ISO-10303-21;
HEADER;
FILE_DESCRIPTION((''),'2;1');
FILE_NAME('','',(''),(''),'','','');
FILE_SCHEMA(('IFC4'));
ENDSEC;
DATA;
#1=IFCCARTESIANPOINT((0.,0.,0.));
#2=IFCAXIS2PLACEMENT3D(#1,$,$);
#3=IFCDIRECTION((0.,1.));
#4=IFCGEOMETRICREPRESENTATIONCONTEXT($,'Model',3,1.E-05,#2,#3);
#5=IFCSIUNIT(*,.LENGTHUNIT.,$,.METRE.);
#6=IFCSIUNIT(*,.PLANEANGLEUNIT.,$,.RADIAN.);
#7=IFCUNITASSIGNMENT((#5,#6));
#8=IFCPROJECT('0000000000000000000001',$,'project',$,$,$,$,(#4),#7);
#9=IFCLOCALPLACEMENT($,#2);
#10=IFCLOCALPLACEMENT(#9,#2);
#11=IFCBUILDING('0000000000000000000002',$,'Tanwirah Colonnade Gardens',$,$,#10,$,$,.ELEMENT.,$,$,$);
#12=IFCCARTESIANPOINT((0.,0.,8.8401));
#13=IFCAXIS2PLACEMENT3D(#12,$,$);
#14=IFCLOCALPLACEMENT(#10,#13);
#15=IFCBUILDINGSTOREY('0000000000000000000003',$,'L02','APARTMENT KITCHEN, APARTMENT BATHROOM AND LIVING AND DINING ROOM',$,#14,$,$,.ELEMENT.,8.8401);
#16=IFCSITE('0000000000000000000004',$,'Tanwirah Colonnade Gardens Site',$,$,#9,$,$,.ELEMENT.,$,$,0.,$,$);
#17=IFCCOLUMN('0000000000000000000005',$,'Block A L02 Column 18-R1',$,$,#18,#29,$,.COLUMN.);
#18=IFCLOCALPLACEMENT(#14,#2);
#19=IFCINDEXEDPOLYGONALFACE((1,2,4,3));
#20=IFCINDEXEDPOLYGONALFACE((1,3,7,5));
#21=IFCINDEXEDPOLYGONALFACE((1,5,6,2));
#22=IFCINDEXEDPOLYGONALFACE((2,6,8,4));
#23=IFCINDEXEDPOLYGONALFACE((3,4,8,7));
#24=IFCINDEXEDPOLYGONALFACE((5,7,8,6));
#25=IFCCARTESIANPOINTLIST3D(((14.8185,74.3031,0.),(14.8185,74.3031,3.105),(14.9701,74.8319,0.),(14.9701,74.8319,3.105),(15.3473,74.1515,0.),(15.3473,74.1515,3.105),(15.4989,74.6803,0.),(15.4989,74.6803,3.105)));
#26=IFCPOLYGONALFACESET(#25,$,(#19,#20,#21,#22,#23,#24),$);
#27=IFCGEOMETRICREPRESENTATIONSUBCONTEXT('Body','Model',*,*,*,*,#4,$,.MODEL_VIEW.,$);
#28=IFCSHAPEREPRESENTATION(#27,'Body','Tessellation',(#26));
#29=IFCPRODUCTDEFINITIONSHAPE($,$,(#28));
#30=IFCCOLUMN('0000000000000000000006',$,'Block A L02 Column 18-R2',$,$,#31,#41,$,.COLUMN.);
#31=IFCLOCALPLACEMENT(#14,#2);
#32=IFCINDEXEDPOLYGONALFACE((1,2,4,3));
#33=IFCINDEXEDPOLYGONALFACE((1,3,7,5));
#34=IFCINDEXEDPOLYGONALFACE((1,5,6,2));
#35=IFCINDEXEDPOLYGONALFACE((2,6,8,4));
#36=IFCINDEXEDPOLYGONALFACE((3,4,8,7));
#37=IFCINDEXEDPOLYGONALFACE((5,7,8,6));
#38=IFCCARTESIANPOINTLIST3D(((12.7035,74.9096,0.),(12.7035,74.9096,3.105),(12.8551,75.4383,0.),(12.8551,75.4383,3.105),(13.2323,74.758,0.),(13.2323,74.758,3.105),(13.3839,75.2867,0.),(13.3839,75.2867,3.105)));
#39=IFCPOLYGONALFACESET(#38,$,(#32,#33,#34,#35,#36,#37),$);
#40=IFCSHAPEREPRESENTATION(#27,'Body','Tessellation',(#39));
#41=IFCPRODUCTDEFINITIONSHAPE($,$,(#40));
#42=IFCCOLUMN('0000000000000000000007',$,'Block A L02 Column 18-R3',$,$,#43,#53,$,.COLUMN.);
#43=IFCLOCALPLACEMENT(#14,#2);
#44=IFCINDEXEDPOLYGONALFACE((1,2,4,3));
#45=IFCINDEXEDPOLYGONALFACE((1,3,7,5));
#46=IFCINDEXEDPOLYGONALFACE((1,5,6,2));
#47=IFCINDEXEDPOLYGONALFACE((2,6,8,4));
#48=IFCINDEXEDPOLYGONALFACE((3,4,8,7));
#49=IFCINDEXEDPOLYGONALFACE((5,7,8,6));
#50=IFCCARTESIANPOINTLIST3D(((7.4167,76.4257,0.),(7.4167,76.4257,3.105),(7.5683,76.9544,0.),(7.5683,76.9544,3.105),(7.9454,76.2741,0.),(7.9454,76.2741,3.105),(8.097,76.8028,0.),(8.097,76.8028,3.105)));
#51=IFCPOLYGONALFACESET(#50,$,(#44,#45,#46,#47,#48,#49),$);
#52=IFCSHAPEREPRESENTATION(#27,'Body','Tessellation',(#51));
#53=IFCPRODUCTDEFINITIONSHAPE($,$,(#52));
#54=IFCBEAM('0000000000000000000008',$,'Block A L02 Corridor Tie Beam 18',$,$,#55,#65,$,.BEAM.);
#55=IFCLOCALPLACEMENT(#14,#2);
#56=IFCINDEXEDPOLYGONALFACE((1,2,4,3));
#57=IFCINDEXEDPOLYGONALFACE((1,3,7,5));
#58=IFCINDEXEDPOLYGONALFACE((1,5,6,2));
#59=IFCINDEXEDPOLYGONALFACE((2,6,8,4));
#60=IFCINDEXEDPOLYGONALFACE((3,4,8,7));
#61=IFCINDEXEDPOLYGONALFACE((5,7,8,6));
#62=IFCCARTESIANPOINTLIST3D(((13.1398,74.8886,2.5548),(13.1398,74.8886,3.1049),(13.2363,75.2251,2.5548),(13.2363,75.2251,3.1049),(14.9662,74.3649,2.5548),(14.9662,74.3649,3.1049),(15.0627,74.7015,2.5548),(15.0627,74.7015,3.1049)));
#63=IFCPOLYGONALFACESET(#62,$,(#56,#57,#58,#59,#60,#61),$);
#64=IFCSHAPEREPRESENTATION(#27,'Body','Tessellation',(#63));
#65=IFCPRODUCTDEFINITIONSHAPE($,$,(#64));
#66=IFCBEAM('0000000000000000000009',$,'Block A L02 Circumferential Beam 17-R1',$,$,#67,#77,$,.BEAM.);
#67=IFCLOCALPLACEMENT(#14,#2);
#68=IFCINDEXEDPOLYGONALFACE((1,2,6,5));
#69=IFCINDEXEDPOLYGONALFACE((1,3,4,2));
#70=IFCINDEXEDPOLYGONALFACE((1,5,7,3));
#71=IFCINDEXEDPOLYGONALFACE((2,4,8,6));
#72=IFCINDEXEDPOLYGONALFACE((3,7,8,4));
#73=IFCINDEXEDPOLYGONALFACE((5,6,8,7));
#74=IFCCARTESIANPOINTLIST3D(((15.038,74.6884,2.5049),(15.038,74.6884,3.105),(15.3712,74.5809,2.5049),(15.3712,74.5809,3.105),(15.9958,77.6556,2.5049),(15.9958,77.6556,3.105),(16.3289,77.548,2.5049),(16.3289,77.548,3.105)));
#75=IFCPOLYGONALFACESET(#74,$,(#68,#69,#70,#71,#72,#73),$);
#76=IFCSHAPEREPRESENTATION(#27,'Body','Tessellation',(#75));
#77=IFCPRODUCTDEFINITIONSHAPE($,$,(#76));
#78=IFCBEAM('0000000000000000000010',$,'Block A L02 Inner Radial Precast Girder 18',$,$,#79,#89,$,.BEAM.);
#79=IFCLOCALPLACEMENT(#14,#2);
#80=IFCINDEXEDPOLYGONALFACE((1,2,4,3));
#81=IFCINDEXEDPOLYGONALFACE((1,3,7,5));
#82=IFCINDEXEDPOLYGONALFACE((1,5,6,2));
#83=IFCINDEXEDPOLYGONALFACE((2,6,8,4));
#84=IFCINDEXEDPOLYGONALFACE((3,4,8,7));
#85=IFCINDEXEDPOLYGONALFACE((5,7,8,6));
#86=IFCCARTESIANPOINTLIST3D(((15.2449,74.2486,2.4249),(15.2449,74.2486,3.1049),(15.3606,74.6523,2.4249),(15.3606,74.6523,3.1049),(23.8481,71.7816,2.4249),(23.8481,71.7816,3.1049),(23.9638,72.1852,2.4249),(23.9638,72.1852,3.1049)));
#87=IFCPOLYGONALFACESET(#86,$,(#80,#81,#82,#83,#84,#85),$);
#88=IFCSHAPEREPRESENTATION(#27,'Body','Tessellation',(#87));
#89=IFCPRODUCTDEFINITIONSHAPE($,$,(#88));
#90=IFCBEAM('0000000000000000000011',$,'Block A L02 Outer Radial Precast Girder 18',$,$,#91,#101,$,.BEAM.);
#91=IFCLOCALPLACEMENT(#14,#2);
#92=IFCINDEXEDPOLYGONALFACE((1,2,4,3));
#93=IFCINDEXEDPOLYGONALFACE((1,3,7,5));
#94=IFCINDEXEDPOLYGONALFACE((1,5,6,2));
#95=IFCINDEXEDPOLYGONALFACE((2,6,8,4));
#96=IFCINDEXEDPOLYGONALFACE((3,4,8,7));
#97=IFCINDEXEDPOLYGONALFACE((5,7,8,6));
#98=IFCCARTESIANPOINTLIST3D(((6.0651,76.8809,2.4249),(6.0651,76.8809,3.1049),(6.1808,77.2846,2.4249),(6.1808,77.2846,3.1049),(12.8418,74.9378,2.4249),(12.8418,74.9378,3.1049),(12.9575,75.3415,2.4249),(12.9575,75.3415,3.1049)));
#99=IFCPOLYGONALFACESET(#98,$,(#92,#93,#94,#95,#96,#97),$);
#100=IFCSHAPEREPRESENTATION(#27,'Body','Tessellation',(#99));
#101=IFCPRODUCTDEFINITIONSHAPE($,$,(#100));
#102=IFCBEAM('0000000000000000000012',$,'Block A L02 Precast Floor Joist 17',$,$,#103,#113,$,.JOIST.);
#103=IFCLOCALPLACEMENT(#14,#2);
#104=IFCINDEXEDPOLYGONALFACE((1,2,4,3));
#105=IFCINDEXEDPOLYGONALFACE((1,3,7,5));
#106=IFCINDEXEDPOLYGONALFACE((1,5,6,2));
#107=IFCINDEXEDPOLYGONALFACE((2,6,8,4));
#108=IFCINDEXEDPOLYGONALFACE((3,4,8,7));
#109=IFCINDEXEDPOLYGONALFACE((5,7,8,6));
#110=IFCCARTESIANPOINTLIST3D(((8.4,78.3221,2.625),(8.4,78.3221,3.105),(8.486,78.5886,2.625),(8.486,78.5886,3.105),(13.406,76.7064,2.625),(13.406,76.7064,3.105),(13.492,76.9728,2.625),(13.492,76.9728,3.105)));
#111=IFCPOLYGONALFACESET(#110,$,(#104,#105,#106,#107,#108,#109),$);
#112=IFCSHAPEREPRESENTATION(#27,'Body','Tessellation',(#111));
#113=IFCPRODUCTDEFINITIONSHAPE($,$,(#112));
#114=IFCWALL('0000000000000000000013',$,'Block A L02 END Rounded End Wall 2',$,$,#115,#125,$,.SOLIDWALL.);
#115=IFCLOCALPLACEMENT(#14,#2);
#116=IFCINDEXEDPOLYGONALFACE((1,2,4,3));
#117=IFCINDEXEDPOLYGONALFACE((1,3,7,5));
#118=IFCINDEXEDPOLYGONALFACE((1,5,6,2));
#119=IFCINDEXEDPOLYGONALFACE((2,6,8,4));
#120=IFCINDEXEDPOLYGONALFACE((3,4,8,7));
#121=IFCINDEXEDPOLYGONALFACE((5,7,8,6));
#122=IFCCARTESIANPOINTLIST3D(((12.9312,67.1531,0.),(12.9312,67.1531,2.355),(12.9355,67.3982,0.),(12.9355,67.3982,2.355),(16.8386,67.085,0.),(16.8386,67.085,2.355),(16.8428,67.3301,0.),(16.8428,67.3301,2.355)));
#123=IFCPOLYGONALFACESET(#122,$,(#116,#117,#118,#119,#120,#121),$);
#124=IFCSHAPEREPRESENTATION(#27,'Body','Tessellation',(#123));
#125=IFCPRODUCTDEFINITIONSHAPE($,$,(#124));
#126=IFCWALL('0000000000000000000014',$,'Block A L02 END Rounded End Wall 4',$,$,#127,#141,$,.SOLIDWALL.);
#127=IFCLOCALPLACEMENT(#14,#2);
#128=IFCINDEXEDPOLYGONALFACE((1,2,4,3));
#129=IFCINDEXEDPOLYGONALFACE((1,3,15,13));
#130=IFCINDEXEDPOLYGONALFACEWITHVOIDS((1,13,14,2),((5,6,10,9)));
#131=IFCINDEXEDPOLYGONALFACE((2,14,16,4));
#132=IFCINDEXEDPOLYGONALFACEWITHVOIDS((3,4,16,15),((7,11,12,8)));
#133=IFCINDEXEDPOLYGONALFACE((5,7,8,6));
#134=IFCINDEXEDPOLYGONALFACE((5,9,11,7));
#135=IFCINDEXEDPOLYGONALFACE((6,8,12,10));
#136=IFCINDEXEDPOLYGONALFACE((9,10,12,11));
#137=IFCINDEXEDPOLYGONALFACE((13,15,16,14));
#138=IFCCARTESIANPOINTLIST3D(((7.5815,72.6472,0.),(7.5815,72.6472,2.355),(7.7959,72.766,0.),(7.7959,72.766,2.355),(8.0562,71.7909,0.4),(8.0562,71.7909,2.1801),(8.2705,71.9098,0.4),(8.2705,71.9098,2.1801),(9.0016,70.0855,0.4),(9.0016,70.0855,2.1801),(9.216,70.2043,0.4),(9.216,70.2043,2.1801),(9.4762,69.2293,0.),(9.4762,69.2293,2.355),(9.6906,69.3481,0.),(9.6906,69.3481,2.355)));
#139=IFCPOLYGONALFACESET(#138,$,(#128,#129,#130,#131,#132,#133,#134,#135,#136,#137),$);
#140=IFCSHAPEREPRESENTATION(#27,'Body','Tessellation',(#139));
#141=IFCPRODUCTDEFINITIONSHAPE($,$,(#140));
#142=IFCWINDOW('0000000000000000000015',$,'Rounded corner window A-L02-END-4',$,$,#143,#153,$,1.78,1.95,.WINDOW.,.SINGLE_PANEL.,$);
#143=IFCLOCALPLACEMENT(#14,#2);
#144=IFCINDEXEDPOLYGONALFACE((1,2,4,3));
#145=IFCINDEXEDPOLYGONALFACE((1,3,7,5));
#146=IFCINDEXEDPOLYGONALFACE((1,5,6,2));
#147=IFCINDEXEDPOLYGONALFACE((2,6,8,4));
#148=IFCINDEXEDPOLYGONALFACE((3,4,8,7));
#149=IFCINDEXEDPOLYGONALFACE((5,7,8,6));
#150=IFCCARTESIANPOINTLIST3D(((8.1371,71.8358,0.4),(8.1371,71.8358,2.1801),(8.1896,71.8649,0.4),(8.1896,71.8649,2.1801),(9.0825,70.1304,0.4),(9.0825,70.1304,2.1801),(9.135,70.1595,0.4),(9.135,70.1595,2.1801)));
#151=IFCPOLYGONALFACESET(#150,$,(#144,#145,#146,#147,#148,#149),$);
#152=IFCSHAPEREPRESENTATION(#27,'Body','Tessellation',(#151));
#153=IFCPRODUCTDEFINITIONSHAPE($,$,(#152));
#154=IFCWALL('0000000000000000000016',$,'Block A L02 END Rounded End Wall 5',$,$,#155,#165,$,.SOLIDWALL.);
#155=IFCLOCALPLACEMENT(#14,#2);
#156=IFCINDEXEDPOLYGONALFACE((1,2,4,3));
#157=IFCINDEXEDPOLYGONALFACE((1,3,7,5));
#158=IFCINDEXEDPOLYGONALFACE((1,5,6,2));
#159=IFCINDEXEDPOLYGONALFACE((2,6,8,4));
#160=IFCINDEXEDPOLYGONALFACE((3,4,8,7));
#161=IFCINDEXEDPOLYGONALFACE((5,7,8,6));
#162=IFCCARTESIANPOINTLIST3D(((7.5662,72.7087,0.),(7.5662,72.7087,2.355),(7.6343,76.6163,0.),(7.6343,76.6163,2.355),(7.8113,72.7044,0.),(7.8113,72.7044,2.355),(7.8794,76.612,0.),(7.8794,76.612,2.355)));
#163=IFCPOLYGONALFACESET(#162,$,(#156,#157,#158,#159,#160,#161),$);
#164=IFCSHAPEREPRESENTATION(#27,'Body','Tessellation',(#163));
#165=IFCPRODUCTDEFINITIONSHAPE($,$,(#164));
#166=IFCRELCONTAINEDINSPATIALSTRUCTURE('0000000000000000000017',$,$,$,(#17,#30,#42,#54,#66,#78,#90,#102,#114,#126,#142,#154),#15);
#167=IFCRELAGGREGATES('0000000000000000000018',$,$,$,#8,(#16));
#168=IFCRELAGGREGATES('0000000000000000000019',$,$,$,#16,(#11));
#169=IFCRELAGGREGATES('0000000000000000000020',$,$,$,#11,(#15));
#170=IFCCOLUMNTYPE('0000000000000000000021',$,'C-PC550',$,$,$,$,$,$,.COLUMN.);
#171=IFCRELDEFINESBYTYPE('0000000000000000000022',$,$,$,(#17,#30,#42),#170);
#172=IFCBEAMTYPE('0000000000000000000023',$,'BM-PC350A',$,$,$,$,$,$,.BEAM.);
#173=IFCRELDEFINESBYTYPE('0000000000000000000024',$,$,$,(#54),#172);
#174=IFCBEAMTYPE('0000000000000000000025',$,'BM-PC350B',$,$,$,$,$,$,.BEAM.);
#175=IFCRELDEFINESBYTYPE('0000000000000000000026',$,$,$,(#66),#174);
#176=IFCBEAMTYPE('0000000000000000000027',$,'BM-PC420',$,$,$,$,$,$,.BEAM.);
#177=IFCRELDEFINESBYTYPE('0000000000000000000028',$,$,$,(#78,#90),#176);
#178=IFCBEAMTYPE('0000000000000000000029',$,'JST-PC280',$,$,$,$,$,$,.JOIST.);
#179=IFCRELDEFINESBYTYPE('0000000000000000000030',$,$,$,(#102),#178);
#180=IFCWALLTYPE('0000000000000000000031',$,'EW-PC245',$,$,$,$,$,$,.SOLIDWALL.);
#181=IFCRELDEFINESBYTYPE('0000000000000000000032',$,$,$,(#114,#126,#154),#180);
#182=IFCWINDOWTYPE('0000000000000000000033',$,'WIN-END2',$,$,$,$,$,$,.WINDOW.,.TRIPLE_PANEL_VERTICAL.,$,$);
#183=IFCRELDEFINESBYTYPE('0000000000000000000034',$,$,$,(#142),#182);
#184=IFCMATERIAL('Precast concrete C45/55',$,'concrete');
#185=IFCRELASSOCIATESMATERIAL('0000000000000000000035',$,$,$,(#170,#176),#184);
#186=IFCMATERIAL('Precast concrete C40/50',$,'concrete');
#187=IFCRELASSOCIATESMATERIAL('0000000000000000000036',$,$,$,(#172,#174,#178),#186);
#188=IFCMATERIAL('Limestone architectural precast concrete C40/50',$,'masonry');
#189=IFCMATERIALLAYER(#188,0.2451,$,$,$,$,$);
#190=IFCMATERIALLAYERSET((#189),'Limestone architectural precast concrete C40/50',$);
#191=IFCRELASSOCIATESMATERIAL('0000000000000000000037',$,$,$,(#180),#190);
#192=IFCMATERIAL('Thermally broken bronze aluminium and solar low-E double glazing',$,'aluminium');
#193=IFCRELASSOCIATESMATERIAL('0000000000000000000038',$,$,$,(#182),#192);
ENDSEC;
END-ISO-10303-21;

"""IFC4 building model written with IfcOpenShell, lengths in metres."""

from ifc_helpers import new_model, si_unit, direction, frame, frame_2d, origin, origin_2d, place, context, subcontext, project, spatial, rectangle, extrude, material, layer, layer_set, material_profile, profile_set, type_object, element, fill, save


model = new_model("IFC4")

# Units and contexts
model_context = context("Model", 3, precision=1e-05, world=origin(), true_north=direction((0.0, 1.0)))
body_context = subcontext(model_context, "Body", "Model", "MODEL_VIEW")
ifc_project = project(units=[si_unit("LENGTHUNIT", "METRE"), si_unit("PLANEANGLEUNIT", "RADIAN")], contexts=[model_context])

# Site, building, storey
site_placement = place(None, origin())
site = spatial("IfcSite", under=ifc_project, at=site_placement, Name="Tanwirah Colonnade Gardens Site", CompositionType="ELEMENT", RefElevation=0.0)
building_placement = place(site_placement, origin())
building = spatial("IfcBuilding", under=site, at=building_placement, Name="Tanwirah Colonnade Gardens", CompositionType="ELEMENT")
storey_placement = place(building_placement, frame((0.0, 0.0, 8.8401)))
storey = spatial("IfcBuildingStorey", under=building, at=storey_placement, Name="L02", Description="APARTMENT KITCHEN, APARTMENT BATHROOM AND LIVING AND DINING ROOM", CompositionType="ELEMENT", Elevation=8.8401)

# Columns
ifc_material_1 = material(Name="Precast concrete C45/55", Category="concrete")
ifc_material_profile_1 = material_profile(ifc_material_1, rectangle(XDim=0.55, YDim=0.55, at=origin_2d()), Name="PC-COL 550x550")
ifc_profile_set_1 = profile_set([ifc_material_profile_1], Name="Precast concrete C45/55")
column_type = type_object("IfcColumnType", Name="C-PC550", PredefinedType="COLUMN", material=ifc_profile_set_1)
for number, where, z_axis, x_axis, name in (
    (1, (15.1587, 74.4917, 0.0), (0.0, 0.0, 1.0), (-0.961262, 0.275637, 0.0), "Block A L02 Column 18-R1"),
    (2, (13.0437, 75.0981, 0.0), (0.0, 0.0, 1.0), (-0.961262, 0.275637, 0.0), "Block A L02 Column 18-R2"),
    (3, (7.7568, 76.6143, 0.0), (0.0, 0.0, 1.0), (-0.961262, 0.275637, 0.0), "Block A L02 Column 18-R3"),
):
    element("IfcColumn", number, at=place(storey_placement, frame(where, z_axis=z_axis, x_axis=x_axis)), inside=storey, type_object=column_type, Name=name, PredefinedType="COLUMN", context=body_context, shape_type="SweptSolid", body=[
        extrude(rectangle(XDim=0.55, YDim=0.55, at=origin_2d()), origin(), (0.0, 0.0, 1.0), 3.105),
    ])

# Beams
ifc_material_2 = material(Name="Precast concrete C40/50", Category="concrete")
ifc_material_profile_2 = material_profile(ifc_material_2, rectangle(XDim=0.3501, YDim=0.55, at=origin_2d()), Name="PC-BM 350x550")
ifc_profile_set_2 = profile_set([ifc_material_profile_2], Name="Precast concrete C40/50")
beam_type_1 = type_object("IfcBeamType", Name="BM-PC350A", PredefinedType="BEAM", material=ifc_profile_set_2)
beam_1_placement = place(storey_placement, frame((15.0144, 74.5332, 2.8298), z_axis=(-0.961267, 0.27562, 0.0), x_axis=(-0.27562, -0.961267, 0.0)))
element("IfcBeam", 4, at=beam_1_placement, inside=storey, type_object=beam_type_1, Name="Block A L02 Corridor Tie Beam 18", PredefinedType="BEAM", context=body_context, shape_type="SweptSolid", body=[
    extrude(rectangle(XDim=0.3501, YDim=0.55, at=origin_2d()), origin(), (0.0, 0.0, 1.0), 1.8999),
])
ifc_material_profile_3 = material_profile(ifc_material_2, rectangle(XDim=0.3501, YDim=0.6001, at=origin_2d()), Name="PC-BM 350x600")
ifc_profile_set_3 = profile_set([ifc_material_profile_3], Name="Precast concrete C40/50")
beam_type_2 = type_object("IfcBeamType", Name="BM-PC350B", PredefinedType="BEAM", material=ifc_profile_set_3)
beam_2_placement = place(storey_placement, frame((16.1624, 77.6018, 2.8049), z_axis=(-0.30717, -0.951655, 0.0), x_axis=(0.951655, -0.30717, 0.0)))
element("IfcBeam", 5, at=beam_2_placement, inside=storey, type_object=beam_type_2, Name="Block A L02 Circumferential Beam 17-R1", PredefinedType="BEAM", context=body_context, shape_type="SweptSolid", body=[
    extrude(rectangle(XDim=0.3501, YDim=0.6001, at=origin_2d()), origin(), (0.0, 0.0, 1.0), 3.1179),
])
ifc_material_profile_4 = material_profile(ifc_material_1, rectangle(XDim=0.4199, YDim=0.6799, at=origin_2d()), Name="PC-BM 420x680")
ifc_profile_set_4 = profile_set([ifc_material_profile_4], Name="Precast concrete C45/55")
beam_type_3 = type_object("IfcBeamType", Name="BM-PC420", PredefinedType="BEAM", material=ifc_profile_set_4)
beam_3_placement = place(storey_placement, frame((15.3027, 74.4504, 2.7649), z_axis=(0.961259, -0.275647, 0.0), x_axis=(0.275647, 0.961259, 0.0)))
element("IfcBeam", 6, at=beam_3_placement, inside=storey, type_object=beam_type_3, Name="Block A L02 Inner Radial Precast Girder 18", PredefinedType="BEAM", context=body_context, shape_type="SweptSolid", body=[
    extrude(rectangle(XDim=0.4199, YDim=0.6799, at=origin_2d()), origin(), (0.0, 0.0, 1.0), 8.95),
])
beam_4_placement = place(storey_placement, frame((12.8997, 75.1396, 2.7649), z_axis=(-0.961266, 0.275622, 0.0), x_axis=(-0.275622, -0.961266, 0.0)))
element("IfcBeam", 7, at=beam_4_placement, inside=storey, type_object=beam_type_3, Name="Block A L02 Outer Radial Precast Girder 18", PredefinedType="BEAM", context=body_context, shape_type="SweptSolid", body=[
    extrude(rectangle(XDim=0.4199, YDim=0.6799, at=origin_2d()), origin(), (0.0, 0.0, 1.0), 7.0498),
])
ifc_material_profile_5 = material_profile(ifc_material_2, rectangle(XDim=0.28, YDim=0.48, at=origin_2d()), Name="PC-JST 280x480")
ifc_profile_set_5 = profile_set([ifc_material_profile_5], Name="Precast concrete C40/50")
beam_type_4 = type_object("IfcBeamType", Name="JST-PC280", PredefinedType="JOIST", material=ifc_profile_set_5)
beam_5_placement = place(storey_placement, frame((13.449, 76.8396, 2.865), z_axis=(-0.951657, 0.307163, 0.0), x_axis=(-0.307163, -0.951657, 0.0)))
element("IfcBeam", 8, at=beam_5_placement, inside=storey, type_object=beam_type_4, Name="Block A L02 Precast Floor Joist 17", PredefinedType="JOIST", context=body_context, shape_type="SweptSolid", body=[
    extrude(rectangle(XDim=0.28, YDim=0.48, at=origin_2d()), origin(), (0.0, 0.0, 1.0), 5.2603),
])

# Wall
ifc_material_3 = material(Name="Limestone architectural precast concrete C40/50", Category="masonry")
ifc_layer_1 = layer(ifc_material_3, 0.2451)
ifc_layer_set_1 = layer_set([ifc_layer_1], Name="Limestone architectural precast concrete C40/50")
wall_type_1 = type_object("IfcWallType", Name="EW-PC245", PredefinedType="SOLIDWALL", material=ifc_layer_set_1)
wall_1_placement = place(storey_placement, frame((16.8408, 67.2075, 0.0), z_axis=(0.0, 0.0, 1.0), x_axis=(-0.999848, 0.017429, 0.0)))
element("IfcWall", 9, at=wall_1_placement, inside=storey, type_object=wall_type_1, Name="Block A L02 END Rounded End Wall 2", PredefinedType="SOLIDWALL", context=body_context, shape_type="SweptSolid", body=[
    extrude(rectangle(XDim=3.908, YDim=0.2451, at=frame_2d((1.9541, 0.0))), origin(), (0.0, 0.0, 1.0), 2.355),
])

# Wall, opening, window
wall_2_placement = place(storey_placement, frame((9.5835, 69.2886, 0.0), z_axis=(0.0, 0.0, 1.0), x_axis=(-0.484842, 0.874602, 0.0)))
wall_2 = element("IfcWall", 10, at=wall_2_placement, inside=storey, type_object=wall_type_1, Name="Block A L02 END Rounded End Wall 4", PredefinedType="SOLIDWALL", context=body_context, shape_type="SweptSolid", body=[
    extrude(rectangle(XDim=3.908, YDim=0.2451, at=frame_2d((1.9541, 0.0))), origin(), (0.0, 0.0, 1.0), 2.355),
])
opening_1_placement = place(wall_2_placement, frame((0.979, 0.0, 0.3999)))
opening_1 = element("IfcOpeningElement", 11, at=opening_1_placement, cuts=wall_2, PredefinedType="OPENING", context=body_context, shape_type="SweptSolid", body=[
    extrude(rectangle(XDim=1.95, YDim=1.78, at=frame_2d((0.9751, 0.8901))), frame((0.0, 0.1326, 0.0), z_axis=(0.0, -1.0, 0.0), x_axis=(1.0, 0.0, 0.0)), (0.0, 0.0, 1.0), 0.2651),
])
ifc_material_4 = material(Name="Thermally broken bronze aluminium and solar low-E double glazing", Category="aluminium")
window_type = type_object("IfcWindowType", Name="WIN-END2", PartitioningType="TRIPLE_PANEL_VERTICAL", PredefinedType="WINDOW", material=ifc_material_4)
window_placement = place(opening_1_placement, origin())
window = element("IfcWindow", 12, at=window_placement, inside=storey, type_object=window_type, Name="Rounded corner window A-L02-END-4", OverallHeight=1.78, OverallWidth=1.95, PartitioningType="SINGLE_PANEL", PredefinedType="WINDOW", context=body_context, shape_type="SweptSolid", body=[
    extrude(rectangle(XDim=1.95, YDim=1.78, at=frame_2d((0.9751, 0.8901))), frame((0.0, 0.03, 0.0), z_axis=(0.0, -1.0, 0.0), x_axis=(1.0, 0.0, 0.0)), (0.0, 0.0, 1.0), 0.0601),
])
fill(opening_1, window)

# Wall
wall_3_placement = place(storey_placement, frame((7.6887, 72.7065, 0.0), z_axis=(0.0, 0.0, 1.0), x_axis=(0.017428, 0.999848, 0.0)))
element("IfcWall", 13, at=wall_3_placement, inside=storey, type_object=wall_type_1, Name="Block A L02 END Rounded End Wall 5", PredefinedType="SOLIDWALL", context=body_context, shape_type="SweptSolid", body=[
    extrude(rectangle(XDim=3.9082, YDim=0.2451, at=frame_2d((1.9541, 0.0))), origin(), (0.0, 0.0, 1.0), 2.355),
])

save(model, "model.ifc")
